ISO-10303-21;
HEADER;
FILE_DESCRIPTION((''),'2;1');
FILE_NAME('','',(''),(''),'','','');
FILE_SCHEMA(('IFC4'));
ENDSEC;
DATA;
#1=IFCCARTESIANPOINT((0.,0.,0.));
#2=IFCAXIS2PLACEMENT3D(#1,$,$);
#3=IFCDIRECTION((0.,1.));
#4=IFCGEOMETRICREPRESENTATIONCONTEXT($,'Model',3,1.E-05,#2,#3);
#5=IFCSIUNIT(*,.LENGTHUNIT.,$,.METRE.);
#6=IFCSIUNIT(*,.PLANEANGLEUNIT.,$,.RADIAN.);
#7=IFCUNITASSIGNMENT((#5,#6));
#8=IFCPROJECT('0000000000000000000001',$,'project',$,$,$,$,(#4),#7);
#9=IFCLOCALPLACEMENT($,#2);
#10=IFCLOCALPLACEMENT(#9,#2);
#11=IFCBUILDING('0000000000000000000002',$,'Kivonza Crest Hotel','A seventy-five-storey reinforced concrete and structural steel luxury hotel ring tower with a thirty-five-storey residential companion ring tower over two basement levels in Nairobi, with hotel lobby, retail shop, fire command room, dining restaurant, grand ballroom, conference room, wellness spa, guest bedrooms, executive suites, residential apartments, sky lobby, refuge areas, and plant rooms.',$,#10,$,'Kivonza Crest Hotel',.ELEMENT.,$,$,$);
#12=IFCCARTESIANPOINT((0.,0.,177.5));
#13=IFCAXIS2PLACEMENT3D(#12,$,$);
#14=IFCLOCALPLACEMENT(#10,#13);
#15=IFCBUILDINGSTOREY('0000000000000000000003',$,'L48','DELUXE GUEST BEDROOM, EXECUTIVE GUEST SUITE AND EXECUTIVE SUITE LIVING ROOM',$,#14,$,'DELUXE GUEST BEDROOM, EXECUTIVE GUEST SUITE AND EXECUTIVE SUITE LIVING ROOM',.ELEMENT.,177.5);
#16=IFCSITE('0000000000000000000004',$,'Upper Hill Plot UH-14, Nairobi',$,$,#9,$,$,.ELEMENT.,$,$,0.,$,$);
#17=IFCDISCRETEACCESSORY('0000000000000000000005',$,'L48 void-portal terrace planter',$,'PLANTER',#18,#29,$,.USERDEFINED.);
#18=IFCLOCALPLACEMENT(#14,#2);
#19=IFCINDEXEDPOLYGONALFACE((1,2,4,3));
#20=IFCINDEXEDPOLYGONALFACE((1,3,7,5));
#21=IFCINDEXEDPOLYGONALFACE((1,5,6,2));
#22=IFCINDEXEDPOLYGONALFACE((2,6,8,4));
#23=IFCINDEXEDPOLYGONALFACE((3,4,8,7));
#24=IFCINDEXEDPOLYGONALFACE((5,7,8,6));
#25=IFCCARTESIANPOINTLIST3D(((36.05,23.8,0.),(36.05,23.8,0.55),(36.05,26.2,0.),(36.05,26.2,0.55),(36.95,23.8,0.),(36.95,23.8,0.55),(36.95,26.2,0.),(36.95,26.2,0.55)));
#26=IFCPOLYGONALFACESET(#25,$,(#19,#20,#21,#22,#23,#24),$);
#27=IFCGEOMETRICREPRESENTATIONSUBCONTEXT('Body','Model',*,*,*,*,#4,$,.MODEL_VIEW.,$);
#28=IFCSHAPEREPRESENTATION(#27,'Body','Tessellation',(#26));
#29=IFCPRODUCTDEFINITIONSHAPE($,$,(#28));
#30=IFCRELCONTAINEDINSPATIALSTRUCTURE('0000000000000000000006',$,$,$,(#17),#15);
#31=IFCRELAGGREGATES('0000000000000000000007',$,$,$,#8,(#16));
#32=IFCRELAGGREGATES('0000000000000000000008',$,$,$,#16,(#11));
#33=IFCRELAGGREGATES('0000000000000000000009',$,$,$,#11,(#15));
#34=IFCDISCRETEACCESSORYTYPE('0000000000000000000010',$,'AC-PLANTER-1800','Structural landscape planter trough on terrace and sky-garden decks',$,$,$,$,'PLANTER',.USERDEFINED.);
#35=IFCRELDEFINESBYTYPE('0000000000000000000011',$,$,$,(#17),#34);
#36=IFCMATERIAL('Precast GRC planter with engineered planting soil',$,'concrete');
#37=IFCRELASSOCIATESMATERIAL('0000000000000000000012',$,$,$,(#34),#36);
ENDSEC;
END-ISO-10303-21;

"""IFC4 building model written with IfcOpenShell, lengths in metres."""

from ifc_helpers import new_model, si_unit, direction, frame, origin, origin_2d, place, context, subcontext, project, spatial, rectangle, extrude, material, type_object, element, save


model = new_model("IFC4")

# Units and contexts
model_context = context("Model", 3, precision=1e-05, world=origin(), true_north=direction((0.0, 1.0)))
body_context = subcontext(model_context, "Body", "Model", "MODEL_VIEW")
ifc_project = project(units=[si_unit("LENGTHUNIT", "METRE"), si_unit("PLANEANGLEUNIT", "RADIAN")], contexts=[model_context])

# Site, building, storey
site_placement = place(None, origin())
site = spatial("IfcSite", under=ifc_project, at=site_placement, Name="Upper Hill Plot UH-14, Nairobi", CompositionType="ELEMENT", RefElevation=0.0)
building_placement = place(site_placement, origin())
building = spatial("IfcBuilding", under=site, at=building_placement, Name="Kivonza Crest Hotel", Description="A seventy-five-storey reinforced concrete and structural steel luxury hotel ring tower with a thirty-five-storey residential companion ring tower over two basement levels in Nairobi, with hotel lobby, retail shop, fire command room, dining restaurant, grand ballroom, conference room, wellness spa, guest bedrooms, executive suites, residential apartments, sky lobby, refuge areas, and plant rooms.", LongName="Kivonza Crest Hotel", CompositionType="ELEMENT")
storey_placement = place(building_placement, frame((0.0, 0.0, 177.5)))
storey = spatial("IfcBuildingStorey", under=building, at=storey_placement, Name="L48", Description="DELUXE GUEST BEDROOM, EXECUTIVE GUEST SUITE AND EXECUTIVE SUITE LIVING ROOM", LongName="DELUXE GUEST BEDROOM, EXECUTIVE GUEST SUITE AND EXECUTIVE SUITE LIVING ROOM", CompositionType="ELEMENT", Elevation=177.5)

# Discrete accessory
ifc_material_1 = material(Name="Precast GRC planter with engineered planting soil", Category="concrete")
discrete_accessory_type = type_object("IfcDiscreteAccessoryType", Name="AC-PLANTER-1800", Description="Structural landscape planter trough on terrace and sky-garden decks", ElementType="PLANTER", PredefinedType="USERDEFINED", material=ifc_material_1)
discrete_accessory_placement = place(storey_placement, frame((36.5, 25.0, 0.0), z_axis=(0.0, 0.0, 1.0), x_axis=(0.0, 1.0, 0.0)))
element("IfcDiscreteAccessory", 1, at=discrete_accessory_placement, inside=storey, type_object=discrete_accessory_type, Name="L48 void-portal terrace planter", ObjectType="PLANTER", PredefinedType="USERDEFINED", context=body_context, shape_type="SweptSolid", body=[
    extrude(rectangle(XDim=2.3999, YDim=0.8999, at=origin_2d()), origin(), (0.0, 0.0, 1.0), 0.55),
])

save(model, "model.ifc")
